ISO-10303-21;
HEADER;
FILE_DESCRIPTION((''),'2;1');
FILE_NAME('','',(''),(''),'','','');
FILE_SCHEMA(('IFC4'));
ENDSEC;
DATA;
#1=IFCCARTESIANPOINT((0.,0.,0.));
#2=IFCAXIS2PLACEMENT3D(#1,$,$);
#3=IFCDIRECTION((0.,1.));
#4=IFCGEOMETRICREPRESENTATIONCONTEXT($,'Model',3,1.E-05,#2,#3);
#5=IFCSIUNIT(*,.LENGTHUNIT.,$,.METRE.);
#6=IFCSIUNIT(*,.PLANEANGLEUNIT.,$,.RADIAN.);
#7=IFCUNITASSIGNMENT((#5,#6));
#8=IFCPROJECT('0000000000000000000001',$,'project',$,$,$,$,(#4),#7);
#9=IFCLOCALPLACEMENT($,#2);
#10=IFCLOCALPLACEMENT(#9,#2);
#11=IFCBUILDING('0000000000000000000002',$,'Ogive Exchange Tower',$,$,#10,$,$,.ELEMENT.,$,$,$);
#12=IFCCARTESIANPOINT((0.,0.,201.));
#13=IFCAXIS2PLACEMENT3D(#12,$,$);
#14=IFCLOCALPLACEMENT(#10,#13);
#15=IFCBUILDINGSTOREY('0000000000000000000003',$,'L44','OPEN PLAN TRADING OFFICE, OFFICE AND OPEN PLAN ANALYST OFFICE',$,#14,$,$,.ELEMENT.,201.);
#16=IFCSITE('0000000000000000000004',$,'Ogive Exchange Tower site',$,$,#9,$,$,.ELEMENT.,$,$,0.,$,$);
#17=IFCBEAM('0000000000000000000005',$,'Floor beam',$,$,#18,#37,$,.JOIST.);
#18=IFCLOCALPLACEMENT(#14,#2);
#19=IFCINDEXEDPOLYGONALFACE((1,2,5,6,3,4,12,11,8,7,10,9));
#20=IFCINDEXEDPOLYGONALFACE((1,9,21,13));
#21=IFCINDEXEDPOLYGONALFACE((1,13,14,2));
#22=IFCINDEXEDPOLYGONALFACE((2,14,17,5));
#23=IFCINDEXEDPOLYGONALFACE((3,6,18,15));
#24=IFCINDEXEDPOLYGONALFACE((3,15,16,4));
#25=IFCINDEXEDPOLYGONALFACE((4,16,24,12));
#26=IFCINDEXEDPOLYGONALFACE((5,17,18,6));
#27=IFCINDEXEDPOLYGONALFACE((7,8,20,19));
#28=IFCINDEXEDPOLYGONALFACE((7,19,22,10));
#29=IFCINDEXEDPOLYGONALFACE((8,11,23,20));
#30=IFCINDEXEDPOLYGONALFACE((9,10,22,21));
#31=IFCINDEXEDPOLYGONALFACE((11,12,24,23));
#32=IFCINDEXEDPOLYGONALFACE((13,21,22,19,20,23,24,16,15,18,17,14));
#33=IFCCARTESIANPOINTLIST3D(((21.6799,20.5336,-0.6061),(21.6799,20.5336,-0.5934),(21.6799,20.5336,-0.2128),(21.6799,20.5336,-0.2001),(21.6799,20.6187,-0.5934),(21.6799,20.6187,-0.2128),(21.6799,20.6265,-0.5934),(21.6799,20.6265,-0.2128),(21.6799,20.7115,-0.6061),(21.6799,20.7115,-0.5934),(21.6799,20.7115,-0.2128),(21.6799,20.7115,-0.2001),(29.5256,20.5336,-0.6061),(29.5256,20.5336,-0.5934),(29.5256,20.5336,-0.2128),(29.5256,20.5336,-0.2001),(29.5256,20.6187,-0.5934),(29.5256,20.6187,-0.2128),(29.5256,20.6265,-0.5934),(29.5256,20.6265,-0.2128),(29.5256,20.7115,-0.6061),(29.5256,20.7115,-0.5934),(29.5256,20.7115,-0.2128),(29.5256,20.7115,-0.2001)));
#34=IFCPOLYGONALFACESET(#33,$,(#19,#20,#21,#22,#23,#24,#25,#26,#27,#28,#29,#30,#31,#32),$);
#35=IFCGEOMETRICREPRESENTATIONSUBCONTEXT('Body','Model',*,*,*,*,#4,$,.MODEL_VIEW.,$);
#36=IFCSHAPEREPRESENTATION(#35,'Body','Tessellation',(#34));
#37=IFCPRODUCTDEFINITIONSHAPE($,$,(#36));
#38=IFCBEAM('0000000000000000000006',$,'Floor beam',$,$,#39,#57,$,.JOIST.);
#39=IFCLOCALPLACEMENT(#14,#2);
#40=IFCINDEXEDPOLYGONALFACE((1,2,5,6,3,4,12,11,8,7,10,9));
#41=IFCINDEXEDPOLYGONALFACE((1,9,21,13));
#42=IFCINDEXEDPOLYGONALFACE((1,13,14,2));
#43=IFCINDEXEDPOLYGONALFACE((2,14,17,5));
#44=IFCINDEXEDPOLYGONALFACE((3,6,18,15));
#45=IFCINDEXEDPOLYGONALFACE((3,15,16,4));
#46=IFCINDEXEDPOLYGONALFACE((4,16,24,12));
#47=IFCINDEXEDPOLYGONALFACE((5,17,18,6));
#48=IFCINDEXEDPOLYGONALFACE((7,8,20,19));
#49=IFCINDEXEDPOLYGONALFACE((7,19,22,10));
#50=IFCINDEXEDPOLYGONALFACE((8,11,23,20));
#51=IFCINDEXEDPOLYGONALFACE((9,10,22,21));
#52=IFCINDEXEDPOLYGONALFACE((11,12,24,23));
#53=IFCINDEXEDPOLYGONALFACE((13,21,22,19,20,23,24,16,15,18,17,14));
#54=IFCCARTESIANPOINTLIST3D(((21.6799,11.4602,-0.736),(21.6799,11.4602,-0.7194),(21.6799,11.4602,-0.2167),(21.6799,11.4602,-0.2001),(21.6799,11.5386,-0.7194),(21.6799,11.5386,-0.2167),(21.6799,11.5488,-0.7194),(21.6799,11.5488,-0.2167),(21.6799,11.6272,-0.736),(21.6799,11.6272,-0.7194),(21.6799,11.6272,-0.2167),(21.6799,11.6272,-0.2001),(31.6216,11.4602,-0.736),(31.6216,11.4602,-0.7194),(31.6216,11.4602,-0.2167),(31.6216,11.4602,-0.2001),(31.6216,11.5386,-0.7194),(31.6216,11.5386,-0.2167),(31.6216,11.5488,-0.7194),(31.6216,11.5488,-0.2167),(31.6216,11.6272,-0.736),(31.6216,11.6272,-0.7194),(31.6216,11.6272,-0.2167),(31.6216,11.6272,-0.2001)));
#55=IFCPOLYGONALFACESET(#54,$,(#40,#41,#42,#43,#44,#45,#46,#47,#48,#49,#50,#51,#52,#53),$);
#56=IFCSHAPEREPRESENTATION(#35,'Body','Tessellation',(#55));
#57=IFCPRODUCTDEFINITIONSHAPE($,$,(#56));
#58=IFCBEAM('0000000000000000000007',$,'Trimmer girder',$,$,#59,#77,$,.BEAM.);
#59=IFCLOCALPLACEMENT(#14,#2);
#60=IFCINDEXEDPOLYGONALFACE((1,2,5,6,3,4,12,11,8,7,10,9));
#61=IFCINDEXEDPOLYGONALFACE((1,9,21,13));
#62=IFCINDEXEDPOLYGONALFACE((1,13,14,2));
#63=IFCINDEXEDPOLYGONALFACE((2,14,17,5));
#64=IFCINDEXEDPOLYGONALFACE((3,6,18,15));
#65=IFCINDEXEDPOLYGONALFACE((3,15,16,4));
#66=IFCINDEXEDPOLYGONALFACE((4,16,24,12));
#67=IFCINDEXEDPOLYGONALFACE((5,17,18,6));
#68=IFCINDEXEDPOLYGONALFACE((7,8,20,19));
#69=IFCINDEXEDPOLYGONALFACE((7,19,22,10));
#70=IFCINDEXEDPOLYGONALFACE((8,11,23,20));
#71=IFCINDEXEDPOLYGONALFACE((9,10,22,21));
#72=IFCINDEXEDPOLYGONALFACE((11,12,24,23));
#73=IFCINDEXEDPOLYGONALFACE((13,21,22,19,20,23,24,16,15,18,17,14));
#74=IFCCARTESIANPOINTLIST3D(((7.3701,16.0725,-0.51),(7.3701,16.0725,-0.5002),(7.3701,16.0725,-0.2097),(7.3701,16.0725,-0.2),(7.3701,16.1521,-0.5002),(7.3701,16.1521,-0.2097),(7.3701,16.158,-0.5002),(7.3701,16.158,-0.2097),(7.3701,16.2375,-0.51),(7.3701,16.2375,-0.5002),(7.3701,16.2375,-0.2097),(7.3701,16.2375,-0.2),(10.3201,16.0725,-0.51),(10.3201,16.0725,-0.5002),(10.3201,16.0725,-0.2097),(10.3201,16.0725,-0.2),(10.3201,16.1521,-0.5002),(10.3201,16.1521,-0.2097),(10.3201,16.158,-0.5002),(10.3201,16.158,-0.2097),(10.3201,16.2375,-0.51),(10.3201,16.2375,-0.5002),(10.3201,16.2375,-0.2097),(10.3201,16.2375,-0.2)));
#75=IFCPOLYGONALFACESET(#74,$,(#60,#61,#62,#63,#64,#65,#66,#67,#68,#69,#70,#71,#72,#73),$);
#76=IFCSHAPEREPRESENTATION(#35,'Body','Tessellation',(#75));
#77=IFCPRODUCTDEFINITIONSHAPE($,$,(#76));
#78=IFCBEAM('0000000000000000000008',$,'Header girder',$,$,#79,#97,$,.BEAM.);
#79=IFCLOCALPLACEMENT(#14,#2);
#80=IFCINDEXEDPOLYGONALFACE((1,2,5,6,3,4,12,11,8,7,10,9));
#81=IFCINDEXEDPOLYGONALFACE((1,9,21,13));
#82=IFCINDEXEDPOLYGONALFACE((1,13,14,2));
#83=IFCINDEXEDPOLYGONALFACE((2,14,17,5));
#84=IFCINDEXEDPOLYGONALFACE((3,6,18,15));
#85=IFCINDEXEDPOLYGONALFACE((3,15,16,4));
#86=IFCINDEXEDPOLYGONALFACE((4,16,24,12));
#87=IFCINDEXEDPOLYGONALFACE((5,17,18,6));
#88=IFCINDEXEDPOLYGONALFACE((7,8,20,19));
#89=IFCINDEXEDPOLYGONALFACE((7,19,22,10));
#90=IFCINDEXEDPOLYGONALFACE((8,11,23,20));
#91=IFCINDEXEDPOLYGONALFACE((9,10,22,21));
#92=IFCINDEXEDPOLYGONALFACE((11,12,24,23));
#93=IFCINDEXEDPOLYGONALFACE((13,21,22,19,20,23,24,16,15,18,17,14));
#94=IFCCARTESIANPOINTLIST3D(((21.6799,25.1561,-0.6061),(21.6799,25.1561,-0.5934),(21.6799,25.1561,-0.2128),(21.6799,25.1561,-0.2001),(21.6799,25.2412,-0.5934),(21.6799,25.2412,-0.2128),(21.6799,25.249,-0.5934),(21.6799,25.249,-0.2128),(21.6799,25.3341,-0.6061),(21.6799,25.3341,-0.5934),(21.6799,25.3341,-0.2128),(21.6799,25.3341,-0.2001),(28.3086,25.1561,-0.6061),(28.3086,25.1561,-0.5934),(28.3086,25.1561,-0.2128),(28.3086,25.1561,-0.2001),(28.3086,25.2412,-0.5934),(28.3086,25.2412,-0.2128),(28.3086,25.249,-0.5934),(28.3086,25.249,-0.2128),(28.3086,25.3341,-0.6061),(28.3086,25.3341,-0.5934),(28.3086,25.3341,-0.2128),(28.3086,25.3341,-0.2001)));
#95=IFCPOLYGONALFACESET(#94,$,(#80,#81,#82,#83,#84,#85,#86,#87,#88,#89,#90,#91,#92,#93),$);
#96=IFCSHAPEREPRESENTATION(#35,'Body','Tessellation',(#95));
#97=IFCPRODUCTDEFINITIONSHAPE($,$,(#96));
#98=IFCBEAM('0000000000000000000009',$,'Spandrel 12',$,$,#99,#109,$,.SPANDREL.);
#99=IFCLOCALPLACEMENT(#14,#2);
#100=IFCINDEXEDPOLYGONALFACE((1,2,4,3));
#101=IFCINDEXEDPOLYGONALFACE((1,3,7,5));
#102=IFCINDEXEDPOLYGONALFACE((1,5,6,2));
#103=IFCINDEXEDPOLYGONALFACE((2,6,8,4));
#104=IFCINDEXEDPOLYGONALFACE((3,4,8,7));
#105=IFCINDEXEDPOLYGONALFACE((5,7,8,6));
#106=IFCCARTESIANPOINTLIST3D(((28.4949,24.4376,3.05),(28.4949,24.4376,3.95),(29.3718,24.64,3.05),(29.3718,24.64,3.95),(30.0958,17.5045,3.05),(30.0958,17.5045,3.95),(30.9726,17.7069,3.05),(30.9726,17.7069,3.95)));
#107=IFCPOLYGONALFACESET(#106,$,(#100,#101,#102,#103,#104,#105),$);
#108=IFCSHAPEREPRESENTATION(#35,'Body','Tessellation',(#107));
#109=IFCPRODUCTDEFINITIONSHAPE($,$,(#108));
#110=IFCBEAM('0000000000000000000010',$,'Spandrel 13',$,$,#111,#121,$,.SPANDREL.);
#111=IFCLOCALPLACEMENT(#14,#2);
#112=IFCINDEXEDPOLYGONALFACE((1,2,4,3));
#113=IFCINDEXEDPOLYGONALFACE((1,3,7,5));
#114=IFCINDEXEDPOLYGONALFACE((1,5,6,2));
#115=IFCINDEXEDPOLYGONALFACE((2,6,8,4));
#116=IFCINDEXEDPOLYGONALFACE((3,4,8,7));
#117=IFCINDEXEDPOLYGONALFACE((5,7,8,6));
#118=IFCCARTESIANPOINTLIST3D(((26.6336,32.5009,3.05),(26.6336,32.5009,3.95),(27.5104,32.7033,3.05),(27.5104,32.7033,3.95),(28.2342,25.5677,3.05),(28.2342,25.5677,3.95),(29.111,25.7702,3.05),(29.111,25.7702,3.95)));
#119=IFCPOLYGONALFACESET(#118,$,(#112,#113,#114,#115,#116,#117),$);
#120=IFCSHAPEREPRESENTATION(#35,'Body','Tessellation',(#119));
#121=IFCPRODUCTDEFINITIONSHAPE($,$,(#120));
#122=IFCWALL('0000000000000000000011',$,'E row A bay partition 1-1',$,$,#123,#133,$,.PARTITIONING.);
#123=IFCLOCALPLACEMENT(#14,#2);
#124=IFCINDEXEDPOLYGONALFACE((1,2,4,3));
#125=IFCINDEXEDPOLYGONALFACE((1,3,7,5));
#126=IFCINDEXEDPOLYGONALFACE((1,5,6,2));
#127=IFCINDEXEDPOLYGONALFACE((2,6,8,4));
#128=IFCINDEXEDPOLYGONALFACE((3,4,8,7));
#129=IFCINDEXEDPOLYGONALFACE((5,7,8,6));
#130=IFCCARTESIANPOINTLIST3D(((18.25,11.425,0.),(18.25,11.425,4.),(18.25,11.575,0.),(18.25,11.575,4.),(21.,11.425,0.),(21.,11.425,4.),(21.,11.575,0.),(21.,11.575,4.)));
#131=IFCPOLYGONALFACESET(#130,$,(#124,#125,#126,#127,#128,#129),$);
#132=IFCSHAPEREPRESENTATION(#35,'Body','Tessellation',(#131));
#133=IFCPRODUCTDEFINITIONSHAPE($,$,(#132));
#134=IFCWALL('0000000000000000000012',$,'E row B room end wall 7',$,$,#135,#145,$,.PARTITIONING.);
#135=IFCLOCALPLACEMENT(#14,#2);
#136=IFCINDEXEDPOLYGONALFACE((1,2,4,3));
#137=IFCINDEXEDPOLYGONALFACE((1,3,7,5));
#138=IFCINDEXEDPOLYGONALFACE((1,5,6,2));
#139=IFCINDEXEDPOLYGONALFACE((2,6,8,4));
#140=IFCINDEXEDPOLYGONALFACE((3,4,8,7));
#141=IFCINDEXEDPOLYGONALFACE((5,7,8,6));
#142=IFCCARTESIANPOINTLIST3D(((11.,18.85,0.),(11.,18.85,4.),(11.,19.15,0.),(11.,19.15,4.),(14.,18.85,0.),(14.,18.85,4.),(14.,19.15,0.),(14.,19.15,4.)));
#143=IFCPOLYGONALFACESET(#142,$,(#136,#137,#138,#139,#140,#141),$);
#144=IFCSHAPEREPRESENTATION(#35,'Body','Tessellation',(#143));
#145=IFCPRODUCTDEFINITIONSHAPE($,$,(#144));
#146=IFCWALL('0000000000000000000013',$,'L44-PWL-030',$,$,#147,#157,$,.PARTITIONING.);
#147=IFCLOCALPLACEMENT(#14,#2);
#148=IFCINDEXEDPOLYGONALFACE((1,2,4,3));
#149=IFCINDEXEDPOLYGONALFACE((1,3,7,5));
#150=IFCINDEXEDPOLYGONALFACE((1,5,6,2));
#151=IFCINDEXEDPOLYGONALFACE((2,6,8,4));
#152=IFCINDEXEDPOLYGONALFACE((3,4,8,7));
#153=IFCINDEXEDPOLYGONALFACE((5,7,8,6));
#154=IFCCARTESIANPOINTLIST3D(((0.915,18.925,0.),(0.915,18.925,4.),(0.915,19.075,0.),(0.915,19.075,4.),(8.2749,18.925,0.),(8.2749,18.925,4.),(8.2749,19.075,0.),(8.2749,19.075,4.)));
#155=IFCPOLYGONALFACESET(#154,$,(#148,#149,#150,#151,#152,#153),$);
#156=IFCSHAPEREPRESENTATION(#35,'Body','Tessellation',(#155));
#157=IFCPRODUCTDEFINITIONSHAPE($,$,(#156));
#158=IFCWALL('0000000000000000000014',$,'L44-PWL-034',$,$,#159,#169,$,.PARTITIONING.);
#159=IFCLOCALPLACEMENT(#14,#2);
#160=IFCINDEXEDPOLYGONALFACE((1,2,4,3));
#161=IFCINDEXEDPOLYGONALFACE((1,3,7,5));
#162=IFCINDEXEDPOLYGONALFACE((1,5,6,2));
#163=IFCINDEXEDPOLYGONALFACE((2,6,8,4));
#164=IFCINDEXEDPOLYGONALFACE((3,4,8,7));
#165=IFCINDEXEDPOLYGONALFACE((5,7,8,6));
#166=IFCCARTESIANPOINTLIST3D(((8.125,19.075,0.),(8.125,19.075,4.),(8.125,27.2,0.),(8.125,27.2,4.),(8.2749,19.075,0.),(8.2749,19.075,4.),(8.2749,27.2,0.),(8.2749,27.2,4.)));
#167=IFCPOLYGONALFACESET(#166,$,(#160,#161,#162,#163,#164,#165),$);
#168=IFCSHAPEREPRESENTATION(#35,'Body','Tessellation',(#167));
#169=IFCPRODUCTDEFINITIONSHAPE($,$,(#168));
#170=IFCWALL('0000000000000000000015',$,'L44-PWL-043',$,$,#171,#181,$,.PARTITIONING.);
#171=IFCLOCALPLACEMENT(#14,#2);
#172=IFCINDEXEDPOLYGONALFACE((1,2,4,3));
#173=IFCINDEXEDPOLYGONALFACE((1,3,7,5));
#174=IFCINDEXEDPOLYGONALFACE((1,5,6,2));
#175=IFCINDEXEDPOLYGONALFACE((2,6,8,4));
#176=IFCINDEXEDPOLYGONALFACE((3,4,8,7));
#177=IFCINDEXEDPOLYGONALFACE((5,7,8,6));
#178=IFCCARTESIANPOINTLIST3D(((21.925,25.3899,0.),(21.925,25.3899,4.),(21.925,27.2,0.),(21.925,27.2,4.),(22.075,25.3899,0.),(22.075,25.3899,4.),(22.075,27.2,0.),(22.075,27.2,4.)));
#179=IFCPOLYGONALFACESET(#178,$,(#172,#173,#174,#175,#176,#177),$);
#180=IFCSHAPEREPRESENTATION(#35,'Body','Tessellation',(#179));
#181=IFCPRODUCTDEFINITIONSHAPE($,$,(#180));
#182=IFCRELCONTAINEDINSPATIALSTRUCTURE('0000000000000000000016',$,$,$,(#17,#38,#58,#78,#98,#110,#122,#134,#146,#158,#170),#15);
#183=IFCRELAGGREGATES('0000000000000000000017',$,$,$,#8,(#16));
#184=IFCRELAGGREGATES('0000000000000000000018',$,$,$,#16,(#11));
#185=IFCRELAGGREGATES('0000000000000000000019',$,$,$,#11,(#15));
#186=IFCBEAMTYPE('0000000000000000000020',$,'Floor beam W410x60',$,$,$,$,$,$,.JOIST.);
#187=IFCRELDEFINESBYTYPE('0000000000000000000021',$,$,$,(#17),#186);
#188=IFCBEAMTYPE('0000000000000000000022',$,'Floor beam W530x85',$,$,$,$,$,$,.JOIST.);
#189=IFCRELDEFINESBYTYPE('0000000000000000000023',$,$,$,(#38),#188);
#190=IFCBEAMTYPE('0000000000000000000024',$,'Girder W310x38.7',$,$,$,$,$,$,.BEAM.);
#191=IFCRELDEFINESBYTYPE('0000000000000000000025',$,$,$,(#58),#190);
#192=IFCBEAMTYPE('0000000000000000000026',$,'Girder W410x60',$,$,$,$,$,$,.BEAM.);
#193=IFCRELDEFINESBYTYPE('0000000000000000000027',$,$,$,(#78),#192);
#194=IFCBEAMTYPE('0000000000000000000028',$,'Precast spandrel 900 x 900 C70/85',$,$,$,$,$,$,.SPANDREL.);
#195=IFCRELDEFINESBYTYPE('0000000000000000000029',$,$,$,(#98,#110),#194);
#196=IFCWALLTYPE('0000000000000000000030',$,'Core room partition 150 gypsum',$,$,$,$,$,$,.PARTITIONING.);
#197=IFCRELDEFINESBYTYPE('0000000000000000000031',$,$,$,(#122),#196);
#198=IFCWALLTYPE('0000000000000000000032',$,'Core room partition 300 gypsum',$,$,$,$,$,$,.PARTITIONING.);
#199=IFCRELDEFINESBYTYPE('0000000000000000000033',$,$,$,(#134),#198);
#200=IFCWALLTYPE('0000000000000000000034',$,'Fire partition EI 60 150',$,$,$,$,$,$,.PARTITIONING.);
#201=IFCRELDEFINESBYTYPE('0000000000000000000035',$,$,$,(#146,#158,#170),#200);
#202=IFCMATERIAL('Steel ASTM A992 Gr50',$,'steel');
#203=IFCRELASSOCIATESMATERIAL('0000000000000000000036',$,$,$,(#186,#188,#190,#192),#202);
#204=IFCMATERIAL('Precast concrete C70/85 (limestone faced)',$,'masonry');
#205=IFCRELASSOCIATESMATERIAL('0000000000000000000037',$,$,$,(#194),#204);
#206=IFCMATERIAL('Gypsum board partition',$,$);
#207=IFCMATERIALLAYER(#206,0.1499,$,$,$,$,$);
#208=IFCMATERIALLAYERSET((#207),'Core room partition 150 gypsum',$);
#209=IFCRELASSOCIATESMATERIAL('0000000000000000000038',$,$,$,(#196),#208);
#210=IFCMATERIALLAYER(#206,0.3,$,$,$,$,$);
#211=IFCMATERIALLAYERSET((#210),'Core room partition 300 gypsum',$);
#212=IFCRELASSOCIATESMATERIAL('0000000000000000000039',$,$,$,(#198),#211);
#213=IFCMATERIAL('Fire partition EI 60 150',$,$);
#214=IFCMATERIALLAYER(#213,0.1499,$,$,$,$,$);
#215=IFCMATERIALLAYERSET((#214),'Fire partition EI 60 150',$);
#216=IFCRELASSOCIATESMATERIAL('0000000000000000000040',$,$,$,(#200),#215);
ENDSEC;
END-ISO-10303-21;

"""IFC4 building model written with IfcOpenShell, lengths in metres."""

from ifc_helpers import new_model, si_unit, direction, frame, frame_2d, origin, origin_2d, place, context, subcontext, project, spatial, rectangle, i_section, extrude, material, layer, layer_set, material_profile, profile_set, type_object, element, save


model = new_model("IFC4")

# Units and contexts
model_context = context("Model", 3, precision=1e-05, world=origin(), true_north=direction((0.0, 1.0)))
body_context = subcontext(model_context, "Body", "Model", "MODEL_VIEW")
ifc_project = project(units=[si_unit("LENGTHUNIT", "METRE"), si_unit("PLANEANGLEUNIT", "RADIAN")], contexts=[model_context])

# Site, building, storey
site_placement = place(None, origin())
site = spatial("IfcSite", under=ifc_project, at=site_placement, Name="Ogive Exchange Tower site", CompositionType="ELEMENT", RefElevation=0.0)
building_placement = place(site_placement, origin())
building = spatial("IfcBuilding", under=site, at=building_placement, Name="Ogive Exchange Tower", CompositionType="ELEMENT")
storey_placement = place(building_placement, frame((0.0, 0.0, 201.0)))
storey = spatial("IfcBuildingStorey", under=building, at=storey_placement, Name="L44", Description="OPEN PLAN TRADING OFFICE, OFFICE AND OPEN PLAN ANALYST OFFICE", CompositionType="ELEMENT", Elevation=201.0)

# Shared definitions
ifc_material_1 = material(Name="Precast concrete C70/85 (limestone faced)", Category="masonry")

# Beams
ifc_material_2 = material(Name="Steel ASTM A992 Gr50", Category="steel")
ifc_material_profile_1 = material_profile(ifc_material_2, i_section(OverallWidth=0.178, OverallDepth=0.406, WebThickness=0.0078, FlangeThickness=0.0127, at=origin_2d()), Name="W410x60")
ifc_profile_set_1 = profile_set([ifc_material_profile_1], Name="Steel ASTM A992 Gr50")
beam_type_1 = type_object("IfcBeamType", Name="Floor beam W410x60", PredefinedType="JOIST", material=ifc_profile_set_1)
beam_1_placement = place(storey_placement, frame((21.6799, 20.6226, -0.4031), z_axis=(1.0, 0.0, 0.0), x_axis=(0.0, 1.0, 0.0)))
element("IfcBeam", 1, at=beam_1_placement, inside=storey, type_object=beam_type_1, Name="Floor beam", PredefinedType="JOIST", context=body_context, shape_type="SweptSolid", body=[
    extrude(i_section(OverallWidth=0.178, OverallDepth=0.406, WebThickness=0.0078, FlangeThickness=0.0127, at=origin_2d()), origin(), (0.0, 0.0, 1.0), 7.8457),
])
ifc_material_profile_2 = material_profile(ifc_material_2, i_section(OverallWidth=0.167, OverallDepth=0.5359, WebThickness=0.0103, FlangeThickness=0.0166, at=origin_2d()), Name="W530x85")
ifc_profile_set_2 = profile_set([ifc_material_profile_2], Name="Steel ASTM A992 Gr50")
beam_type_2 = type_object("IfcBeamType", Name="Floor beam W530x85", PredefinedType="JOIST", material=ifc_profile_set_2)
beam_2_placement = place(storey_placement, frame((21.6799, 11.5437, -0.468), z_axis=(1.0, 0.0, 0.0), x_axis=(0.0, 1.0, 0.0)))
element("IfcBeam", 2, at=beam_2_placement, inside=storey, type_object=beam_type_2, Name="Floor beam", PredefinedType="JOIST", context=body_context, shape_type="SweptSolid", body=[
    extrude(i_section(OverallWidth=0.167, OverallDepth=0.5359, WebThickness=0.0103, FlangeThickness=0.0166, at=origin_2d()), origin(), (0.0, 0.0, 1.0), 9.9417),
])
ifc_material_profile_3 = material_profile(ifc_material_2, i_section(OverallWidth=0.165, OverallDepth=0.3101, WebThickness=0.0059, FlangeThickness=0.0098, at=origin_2d()), Name="W310x38.7")
ifc_profile_set_3 = profile_set([ifc_material_profile_3], Name="Steel ASTM A992 Gr50")
beam_type_3 = type_object("IfcBeamType", Name="Girder W310x38.7", PredefinedType="BEAM", material=ifc_profile_set_3)
beam_3_placement = place(storey_placement, frame((7.3701, 16.155, -0.355), z_axis=(1.0, 0.0, 0.0), x_axis=(0.0, 1.0, 0.0)))
element("IfcBeam", 3, at=beam_3_placement, inside=storey, type_object=beam_type_3, Name="Trimmer girder", PredefinedType="BEAM", context=body_context, shape_type="SweptSolid", body=[
    extrude(i_section(OverallWidth=0.165, OverallDepth=0.3101, WebThickness=0.0059, FlangeThickness=0.0098, at=origin_2d()), origin(), (0.0, 0.0, 1.0), 2.95),
])
ifc_material_profile_4 = material_profile(ifc_material_2, i_section(OverallWidth=0.178, OverallDepth=0.406, WebThickness=0.0078, FlangeThickness=0.0127, at=origin_2d()), Name="W410x60")
ifc_profile_set_4 = profile_set([ifc_material_profile_4], Name="Steel ASTM A992 Gr50")
beam_type_4 = type_object("IfcBeamType", Name="Girder W410x60", PredefinedType="BEAM", material=ifc_profile_set_4)
beam_4_placement = place(storey_placement, frame((21.6799, 25.2451, -0.4031), z_axis=(1.0, 0.0, 0.0), x_axis=(0.0, 1.0, 0.0)))
element("IfcBeam", 4, at=beam_4_placement, inside=storey, type_object=beam_type_4, Name="Header girder", PredefinedType="BEAM", context=body_context, shape_type="SweptSolid", body=[
    extrude(i_section(OverallWidth=0.178, OverallDepth=0.406, WebThickness=0.0078, FlangeThickness=0.0127, at=origin_2d()), origin(), (0.0, 0.0, 1.0), 6.6287),
])
ifc_material_profile_5 = material_profile(ifc_material_1, rectangle(XDim=0.8999, YDim=0.8999, at=origin_2d()), Name="900 x 900")
ifc_profile_set_5 = profile_set([ifc_material_profile_5], Name="Precast concrete C70/85 (limestone faced)")
beam_type_5 = type_object("IfcBeamType", Name="Precast spandrel 900 x 900 C70/85", PredefinedType="SPANDREL", material=ifc_profile_set_5)
for number, where, z_axis, x_axis, name in (
    (5, (30.5342, 17.6057, 3.5), (-0.224977, 0.974364, 0.0), (-0.974364, -0.224977, 0.0), "Spandrel 12"),
    (6, (28.6726, 25.6689, 3.5), (-0.224945, 0.974372, 0.0), (-0.974372, -0.224945, 0.0), "Spandrel 13"),
):
    element("IfcBeam", number, at=place(storey_placement, frame(where, z_axis=z_axis, x_axis=x_axis)), inside=storey, type_object=beam_type_5, Name=name, PredefinedType="SPANDREL", context=body_context, shape_type="SweptSolid", body=[
        extrude(rectangle(XDim=0.8999, YDim=0.8999, at=origin_2d()), origin(), (0.0, 0.0, 1.0), 7.1155),
    ])

# Walls
ifc_material_3 = material(Name="Gypsum board partition")
ifc_layer_1 = layer(ifc_material_3, 0.1499)
ifc_layer_set_1 = layer_set([ifc_layer_1], Name="Core room partition 150 gypsum")
wall_type_1 = type_object("IfcWallType", Name="Core room partition 150 gypsum", PredefinedType="PARTITIONING", material=ifc_layer_set_1)
wall_1_placement = place(storey_placement, frame((18.25, 11.5, 0.0), z_axis=(0.0, 0.0, 1.0), x_axis=(1.0, 0.0, 0.0)))
element("IfcWall", 7, at=wall_1_placement, inside=storey, type_object=wall_type_1, Name="E row A bay partition 1-1", PredefinedType="PARTITIONING", context=body_context, shape_type="SweptSolid", body=[
    extrude(rectangle(XDim=2.75, YDim=0.1499, at=frame_2d((1.375, 0.0))), origin(), (0.0, 0.0, 1.0), 4.0),
])
ifc_layer_2 = layer(ifc_material_3, 0.3)
ifc_layer_set_2 = layer_set([ifc_layer_2], Name="Core room partition 300 gypsum")
wall_type_2 = type_object("IfcWallType", Name="Core room partition 300 gypsum", PredefinedType="PARTITIONING", material=ifc_layer_set_2)
wall_2_placement = place(storey_placement, frame((11.0, 19.0, 0.0), z_axis=(0.0, 0.0, 1.0), x_axis=(1.0, 0.0, 0.0)))
element("IfcWall", 8, at=wall_2_placement, inside=storey, type_object=wall_type_2, Name="E row B room end wall 7", PredefinedType="PARTITIONING", context=body_context, shape_type="SweptSolid", body=[
    extrude(rectangle(XDim=3.0, YDim=0.3, at=frame_2d((1.5, 0.0))), origin(), (0.0, 0.0, 1.0), 4.0),
])
ifc_material_4 = material(Name="Fire partition EI 60 150")
ifc_layer_3 = layer(ifc_material_4, 0.1499)
ifc_layer_set_3 = layer_set([ifc_layer_3], Name="Fire partition EI 60 150")
wall_type_3 = type_object("IfcWallType", Name="Fire partition EI 60 150", PredefinedType="PARTITIONING", material=ifc_layer_set_3)
wall_3_placement = place(storey_placement, frame((0.915, 19.0, 0.0), z_axis=(0.0, 0.0, 1.0), x_axis=(1.0, 0.0, 0.0)))
element("IfcWall", 9, at=wall_3_placement, inside=storey, type_object=wall_type_3, Name="L44-PWL-030", PredefinedType="PARTITIONING", context=body_context, shape_type="SweptSolid", body=[
    extrude(rectangle(XDim=7.3599, YDim=0.1499, at=frame_2d((3.6799, 0.0))), origin(), (0.0, 0.0, 1.0), 4.0),
])
wall_4_placement = place(storey_placement, frame((8.2, 19.075, 0.0), z_axis=(0.0, 0.0, 1.0), x_axis=(0.0, 1.0, 0.0)))
element("IfcWall", 10, at=wall_4_placement, inside=storey, type_object=wall_type_3, Name="L44-PWL-034", PredefinedType="PARTITIONING", context=body_context, shape_type="SweptSolid", body=[
    extrude(rectangle(XDim=8.125, YDim=0.1499, at=frame_2d((4.0625, 0.0))), origin(), (0.0, 0.0, 1.0), 4.0),
])
wall_5_placement = place(storey_placement, frame((22.0, 25.3899, 0.0), z_axis=(0.0, 0.0, 1.0), x_axis=(0.0, 1.0, 0.0)))
element("IfcWall", 11, at=wall_5_placement, inside=storey, type_object=wall_type_3, Name="L44-PWL-043", PredefinedType="PARTITIONING", context=body_context, shape_type="SweptSolid", body=[
    extrude(rectangle(XDim=1.8101, YDim=0.1499, at=frame_2d((0.905, 0.0))), origin(), (0.0, 0.0, 1.0), 4.0),
])

save(model, "model.ifc")
